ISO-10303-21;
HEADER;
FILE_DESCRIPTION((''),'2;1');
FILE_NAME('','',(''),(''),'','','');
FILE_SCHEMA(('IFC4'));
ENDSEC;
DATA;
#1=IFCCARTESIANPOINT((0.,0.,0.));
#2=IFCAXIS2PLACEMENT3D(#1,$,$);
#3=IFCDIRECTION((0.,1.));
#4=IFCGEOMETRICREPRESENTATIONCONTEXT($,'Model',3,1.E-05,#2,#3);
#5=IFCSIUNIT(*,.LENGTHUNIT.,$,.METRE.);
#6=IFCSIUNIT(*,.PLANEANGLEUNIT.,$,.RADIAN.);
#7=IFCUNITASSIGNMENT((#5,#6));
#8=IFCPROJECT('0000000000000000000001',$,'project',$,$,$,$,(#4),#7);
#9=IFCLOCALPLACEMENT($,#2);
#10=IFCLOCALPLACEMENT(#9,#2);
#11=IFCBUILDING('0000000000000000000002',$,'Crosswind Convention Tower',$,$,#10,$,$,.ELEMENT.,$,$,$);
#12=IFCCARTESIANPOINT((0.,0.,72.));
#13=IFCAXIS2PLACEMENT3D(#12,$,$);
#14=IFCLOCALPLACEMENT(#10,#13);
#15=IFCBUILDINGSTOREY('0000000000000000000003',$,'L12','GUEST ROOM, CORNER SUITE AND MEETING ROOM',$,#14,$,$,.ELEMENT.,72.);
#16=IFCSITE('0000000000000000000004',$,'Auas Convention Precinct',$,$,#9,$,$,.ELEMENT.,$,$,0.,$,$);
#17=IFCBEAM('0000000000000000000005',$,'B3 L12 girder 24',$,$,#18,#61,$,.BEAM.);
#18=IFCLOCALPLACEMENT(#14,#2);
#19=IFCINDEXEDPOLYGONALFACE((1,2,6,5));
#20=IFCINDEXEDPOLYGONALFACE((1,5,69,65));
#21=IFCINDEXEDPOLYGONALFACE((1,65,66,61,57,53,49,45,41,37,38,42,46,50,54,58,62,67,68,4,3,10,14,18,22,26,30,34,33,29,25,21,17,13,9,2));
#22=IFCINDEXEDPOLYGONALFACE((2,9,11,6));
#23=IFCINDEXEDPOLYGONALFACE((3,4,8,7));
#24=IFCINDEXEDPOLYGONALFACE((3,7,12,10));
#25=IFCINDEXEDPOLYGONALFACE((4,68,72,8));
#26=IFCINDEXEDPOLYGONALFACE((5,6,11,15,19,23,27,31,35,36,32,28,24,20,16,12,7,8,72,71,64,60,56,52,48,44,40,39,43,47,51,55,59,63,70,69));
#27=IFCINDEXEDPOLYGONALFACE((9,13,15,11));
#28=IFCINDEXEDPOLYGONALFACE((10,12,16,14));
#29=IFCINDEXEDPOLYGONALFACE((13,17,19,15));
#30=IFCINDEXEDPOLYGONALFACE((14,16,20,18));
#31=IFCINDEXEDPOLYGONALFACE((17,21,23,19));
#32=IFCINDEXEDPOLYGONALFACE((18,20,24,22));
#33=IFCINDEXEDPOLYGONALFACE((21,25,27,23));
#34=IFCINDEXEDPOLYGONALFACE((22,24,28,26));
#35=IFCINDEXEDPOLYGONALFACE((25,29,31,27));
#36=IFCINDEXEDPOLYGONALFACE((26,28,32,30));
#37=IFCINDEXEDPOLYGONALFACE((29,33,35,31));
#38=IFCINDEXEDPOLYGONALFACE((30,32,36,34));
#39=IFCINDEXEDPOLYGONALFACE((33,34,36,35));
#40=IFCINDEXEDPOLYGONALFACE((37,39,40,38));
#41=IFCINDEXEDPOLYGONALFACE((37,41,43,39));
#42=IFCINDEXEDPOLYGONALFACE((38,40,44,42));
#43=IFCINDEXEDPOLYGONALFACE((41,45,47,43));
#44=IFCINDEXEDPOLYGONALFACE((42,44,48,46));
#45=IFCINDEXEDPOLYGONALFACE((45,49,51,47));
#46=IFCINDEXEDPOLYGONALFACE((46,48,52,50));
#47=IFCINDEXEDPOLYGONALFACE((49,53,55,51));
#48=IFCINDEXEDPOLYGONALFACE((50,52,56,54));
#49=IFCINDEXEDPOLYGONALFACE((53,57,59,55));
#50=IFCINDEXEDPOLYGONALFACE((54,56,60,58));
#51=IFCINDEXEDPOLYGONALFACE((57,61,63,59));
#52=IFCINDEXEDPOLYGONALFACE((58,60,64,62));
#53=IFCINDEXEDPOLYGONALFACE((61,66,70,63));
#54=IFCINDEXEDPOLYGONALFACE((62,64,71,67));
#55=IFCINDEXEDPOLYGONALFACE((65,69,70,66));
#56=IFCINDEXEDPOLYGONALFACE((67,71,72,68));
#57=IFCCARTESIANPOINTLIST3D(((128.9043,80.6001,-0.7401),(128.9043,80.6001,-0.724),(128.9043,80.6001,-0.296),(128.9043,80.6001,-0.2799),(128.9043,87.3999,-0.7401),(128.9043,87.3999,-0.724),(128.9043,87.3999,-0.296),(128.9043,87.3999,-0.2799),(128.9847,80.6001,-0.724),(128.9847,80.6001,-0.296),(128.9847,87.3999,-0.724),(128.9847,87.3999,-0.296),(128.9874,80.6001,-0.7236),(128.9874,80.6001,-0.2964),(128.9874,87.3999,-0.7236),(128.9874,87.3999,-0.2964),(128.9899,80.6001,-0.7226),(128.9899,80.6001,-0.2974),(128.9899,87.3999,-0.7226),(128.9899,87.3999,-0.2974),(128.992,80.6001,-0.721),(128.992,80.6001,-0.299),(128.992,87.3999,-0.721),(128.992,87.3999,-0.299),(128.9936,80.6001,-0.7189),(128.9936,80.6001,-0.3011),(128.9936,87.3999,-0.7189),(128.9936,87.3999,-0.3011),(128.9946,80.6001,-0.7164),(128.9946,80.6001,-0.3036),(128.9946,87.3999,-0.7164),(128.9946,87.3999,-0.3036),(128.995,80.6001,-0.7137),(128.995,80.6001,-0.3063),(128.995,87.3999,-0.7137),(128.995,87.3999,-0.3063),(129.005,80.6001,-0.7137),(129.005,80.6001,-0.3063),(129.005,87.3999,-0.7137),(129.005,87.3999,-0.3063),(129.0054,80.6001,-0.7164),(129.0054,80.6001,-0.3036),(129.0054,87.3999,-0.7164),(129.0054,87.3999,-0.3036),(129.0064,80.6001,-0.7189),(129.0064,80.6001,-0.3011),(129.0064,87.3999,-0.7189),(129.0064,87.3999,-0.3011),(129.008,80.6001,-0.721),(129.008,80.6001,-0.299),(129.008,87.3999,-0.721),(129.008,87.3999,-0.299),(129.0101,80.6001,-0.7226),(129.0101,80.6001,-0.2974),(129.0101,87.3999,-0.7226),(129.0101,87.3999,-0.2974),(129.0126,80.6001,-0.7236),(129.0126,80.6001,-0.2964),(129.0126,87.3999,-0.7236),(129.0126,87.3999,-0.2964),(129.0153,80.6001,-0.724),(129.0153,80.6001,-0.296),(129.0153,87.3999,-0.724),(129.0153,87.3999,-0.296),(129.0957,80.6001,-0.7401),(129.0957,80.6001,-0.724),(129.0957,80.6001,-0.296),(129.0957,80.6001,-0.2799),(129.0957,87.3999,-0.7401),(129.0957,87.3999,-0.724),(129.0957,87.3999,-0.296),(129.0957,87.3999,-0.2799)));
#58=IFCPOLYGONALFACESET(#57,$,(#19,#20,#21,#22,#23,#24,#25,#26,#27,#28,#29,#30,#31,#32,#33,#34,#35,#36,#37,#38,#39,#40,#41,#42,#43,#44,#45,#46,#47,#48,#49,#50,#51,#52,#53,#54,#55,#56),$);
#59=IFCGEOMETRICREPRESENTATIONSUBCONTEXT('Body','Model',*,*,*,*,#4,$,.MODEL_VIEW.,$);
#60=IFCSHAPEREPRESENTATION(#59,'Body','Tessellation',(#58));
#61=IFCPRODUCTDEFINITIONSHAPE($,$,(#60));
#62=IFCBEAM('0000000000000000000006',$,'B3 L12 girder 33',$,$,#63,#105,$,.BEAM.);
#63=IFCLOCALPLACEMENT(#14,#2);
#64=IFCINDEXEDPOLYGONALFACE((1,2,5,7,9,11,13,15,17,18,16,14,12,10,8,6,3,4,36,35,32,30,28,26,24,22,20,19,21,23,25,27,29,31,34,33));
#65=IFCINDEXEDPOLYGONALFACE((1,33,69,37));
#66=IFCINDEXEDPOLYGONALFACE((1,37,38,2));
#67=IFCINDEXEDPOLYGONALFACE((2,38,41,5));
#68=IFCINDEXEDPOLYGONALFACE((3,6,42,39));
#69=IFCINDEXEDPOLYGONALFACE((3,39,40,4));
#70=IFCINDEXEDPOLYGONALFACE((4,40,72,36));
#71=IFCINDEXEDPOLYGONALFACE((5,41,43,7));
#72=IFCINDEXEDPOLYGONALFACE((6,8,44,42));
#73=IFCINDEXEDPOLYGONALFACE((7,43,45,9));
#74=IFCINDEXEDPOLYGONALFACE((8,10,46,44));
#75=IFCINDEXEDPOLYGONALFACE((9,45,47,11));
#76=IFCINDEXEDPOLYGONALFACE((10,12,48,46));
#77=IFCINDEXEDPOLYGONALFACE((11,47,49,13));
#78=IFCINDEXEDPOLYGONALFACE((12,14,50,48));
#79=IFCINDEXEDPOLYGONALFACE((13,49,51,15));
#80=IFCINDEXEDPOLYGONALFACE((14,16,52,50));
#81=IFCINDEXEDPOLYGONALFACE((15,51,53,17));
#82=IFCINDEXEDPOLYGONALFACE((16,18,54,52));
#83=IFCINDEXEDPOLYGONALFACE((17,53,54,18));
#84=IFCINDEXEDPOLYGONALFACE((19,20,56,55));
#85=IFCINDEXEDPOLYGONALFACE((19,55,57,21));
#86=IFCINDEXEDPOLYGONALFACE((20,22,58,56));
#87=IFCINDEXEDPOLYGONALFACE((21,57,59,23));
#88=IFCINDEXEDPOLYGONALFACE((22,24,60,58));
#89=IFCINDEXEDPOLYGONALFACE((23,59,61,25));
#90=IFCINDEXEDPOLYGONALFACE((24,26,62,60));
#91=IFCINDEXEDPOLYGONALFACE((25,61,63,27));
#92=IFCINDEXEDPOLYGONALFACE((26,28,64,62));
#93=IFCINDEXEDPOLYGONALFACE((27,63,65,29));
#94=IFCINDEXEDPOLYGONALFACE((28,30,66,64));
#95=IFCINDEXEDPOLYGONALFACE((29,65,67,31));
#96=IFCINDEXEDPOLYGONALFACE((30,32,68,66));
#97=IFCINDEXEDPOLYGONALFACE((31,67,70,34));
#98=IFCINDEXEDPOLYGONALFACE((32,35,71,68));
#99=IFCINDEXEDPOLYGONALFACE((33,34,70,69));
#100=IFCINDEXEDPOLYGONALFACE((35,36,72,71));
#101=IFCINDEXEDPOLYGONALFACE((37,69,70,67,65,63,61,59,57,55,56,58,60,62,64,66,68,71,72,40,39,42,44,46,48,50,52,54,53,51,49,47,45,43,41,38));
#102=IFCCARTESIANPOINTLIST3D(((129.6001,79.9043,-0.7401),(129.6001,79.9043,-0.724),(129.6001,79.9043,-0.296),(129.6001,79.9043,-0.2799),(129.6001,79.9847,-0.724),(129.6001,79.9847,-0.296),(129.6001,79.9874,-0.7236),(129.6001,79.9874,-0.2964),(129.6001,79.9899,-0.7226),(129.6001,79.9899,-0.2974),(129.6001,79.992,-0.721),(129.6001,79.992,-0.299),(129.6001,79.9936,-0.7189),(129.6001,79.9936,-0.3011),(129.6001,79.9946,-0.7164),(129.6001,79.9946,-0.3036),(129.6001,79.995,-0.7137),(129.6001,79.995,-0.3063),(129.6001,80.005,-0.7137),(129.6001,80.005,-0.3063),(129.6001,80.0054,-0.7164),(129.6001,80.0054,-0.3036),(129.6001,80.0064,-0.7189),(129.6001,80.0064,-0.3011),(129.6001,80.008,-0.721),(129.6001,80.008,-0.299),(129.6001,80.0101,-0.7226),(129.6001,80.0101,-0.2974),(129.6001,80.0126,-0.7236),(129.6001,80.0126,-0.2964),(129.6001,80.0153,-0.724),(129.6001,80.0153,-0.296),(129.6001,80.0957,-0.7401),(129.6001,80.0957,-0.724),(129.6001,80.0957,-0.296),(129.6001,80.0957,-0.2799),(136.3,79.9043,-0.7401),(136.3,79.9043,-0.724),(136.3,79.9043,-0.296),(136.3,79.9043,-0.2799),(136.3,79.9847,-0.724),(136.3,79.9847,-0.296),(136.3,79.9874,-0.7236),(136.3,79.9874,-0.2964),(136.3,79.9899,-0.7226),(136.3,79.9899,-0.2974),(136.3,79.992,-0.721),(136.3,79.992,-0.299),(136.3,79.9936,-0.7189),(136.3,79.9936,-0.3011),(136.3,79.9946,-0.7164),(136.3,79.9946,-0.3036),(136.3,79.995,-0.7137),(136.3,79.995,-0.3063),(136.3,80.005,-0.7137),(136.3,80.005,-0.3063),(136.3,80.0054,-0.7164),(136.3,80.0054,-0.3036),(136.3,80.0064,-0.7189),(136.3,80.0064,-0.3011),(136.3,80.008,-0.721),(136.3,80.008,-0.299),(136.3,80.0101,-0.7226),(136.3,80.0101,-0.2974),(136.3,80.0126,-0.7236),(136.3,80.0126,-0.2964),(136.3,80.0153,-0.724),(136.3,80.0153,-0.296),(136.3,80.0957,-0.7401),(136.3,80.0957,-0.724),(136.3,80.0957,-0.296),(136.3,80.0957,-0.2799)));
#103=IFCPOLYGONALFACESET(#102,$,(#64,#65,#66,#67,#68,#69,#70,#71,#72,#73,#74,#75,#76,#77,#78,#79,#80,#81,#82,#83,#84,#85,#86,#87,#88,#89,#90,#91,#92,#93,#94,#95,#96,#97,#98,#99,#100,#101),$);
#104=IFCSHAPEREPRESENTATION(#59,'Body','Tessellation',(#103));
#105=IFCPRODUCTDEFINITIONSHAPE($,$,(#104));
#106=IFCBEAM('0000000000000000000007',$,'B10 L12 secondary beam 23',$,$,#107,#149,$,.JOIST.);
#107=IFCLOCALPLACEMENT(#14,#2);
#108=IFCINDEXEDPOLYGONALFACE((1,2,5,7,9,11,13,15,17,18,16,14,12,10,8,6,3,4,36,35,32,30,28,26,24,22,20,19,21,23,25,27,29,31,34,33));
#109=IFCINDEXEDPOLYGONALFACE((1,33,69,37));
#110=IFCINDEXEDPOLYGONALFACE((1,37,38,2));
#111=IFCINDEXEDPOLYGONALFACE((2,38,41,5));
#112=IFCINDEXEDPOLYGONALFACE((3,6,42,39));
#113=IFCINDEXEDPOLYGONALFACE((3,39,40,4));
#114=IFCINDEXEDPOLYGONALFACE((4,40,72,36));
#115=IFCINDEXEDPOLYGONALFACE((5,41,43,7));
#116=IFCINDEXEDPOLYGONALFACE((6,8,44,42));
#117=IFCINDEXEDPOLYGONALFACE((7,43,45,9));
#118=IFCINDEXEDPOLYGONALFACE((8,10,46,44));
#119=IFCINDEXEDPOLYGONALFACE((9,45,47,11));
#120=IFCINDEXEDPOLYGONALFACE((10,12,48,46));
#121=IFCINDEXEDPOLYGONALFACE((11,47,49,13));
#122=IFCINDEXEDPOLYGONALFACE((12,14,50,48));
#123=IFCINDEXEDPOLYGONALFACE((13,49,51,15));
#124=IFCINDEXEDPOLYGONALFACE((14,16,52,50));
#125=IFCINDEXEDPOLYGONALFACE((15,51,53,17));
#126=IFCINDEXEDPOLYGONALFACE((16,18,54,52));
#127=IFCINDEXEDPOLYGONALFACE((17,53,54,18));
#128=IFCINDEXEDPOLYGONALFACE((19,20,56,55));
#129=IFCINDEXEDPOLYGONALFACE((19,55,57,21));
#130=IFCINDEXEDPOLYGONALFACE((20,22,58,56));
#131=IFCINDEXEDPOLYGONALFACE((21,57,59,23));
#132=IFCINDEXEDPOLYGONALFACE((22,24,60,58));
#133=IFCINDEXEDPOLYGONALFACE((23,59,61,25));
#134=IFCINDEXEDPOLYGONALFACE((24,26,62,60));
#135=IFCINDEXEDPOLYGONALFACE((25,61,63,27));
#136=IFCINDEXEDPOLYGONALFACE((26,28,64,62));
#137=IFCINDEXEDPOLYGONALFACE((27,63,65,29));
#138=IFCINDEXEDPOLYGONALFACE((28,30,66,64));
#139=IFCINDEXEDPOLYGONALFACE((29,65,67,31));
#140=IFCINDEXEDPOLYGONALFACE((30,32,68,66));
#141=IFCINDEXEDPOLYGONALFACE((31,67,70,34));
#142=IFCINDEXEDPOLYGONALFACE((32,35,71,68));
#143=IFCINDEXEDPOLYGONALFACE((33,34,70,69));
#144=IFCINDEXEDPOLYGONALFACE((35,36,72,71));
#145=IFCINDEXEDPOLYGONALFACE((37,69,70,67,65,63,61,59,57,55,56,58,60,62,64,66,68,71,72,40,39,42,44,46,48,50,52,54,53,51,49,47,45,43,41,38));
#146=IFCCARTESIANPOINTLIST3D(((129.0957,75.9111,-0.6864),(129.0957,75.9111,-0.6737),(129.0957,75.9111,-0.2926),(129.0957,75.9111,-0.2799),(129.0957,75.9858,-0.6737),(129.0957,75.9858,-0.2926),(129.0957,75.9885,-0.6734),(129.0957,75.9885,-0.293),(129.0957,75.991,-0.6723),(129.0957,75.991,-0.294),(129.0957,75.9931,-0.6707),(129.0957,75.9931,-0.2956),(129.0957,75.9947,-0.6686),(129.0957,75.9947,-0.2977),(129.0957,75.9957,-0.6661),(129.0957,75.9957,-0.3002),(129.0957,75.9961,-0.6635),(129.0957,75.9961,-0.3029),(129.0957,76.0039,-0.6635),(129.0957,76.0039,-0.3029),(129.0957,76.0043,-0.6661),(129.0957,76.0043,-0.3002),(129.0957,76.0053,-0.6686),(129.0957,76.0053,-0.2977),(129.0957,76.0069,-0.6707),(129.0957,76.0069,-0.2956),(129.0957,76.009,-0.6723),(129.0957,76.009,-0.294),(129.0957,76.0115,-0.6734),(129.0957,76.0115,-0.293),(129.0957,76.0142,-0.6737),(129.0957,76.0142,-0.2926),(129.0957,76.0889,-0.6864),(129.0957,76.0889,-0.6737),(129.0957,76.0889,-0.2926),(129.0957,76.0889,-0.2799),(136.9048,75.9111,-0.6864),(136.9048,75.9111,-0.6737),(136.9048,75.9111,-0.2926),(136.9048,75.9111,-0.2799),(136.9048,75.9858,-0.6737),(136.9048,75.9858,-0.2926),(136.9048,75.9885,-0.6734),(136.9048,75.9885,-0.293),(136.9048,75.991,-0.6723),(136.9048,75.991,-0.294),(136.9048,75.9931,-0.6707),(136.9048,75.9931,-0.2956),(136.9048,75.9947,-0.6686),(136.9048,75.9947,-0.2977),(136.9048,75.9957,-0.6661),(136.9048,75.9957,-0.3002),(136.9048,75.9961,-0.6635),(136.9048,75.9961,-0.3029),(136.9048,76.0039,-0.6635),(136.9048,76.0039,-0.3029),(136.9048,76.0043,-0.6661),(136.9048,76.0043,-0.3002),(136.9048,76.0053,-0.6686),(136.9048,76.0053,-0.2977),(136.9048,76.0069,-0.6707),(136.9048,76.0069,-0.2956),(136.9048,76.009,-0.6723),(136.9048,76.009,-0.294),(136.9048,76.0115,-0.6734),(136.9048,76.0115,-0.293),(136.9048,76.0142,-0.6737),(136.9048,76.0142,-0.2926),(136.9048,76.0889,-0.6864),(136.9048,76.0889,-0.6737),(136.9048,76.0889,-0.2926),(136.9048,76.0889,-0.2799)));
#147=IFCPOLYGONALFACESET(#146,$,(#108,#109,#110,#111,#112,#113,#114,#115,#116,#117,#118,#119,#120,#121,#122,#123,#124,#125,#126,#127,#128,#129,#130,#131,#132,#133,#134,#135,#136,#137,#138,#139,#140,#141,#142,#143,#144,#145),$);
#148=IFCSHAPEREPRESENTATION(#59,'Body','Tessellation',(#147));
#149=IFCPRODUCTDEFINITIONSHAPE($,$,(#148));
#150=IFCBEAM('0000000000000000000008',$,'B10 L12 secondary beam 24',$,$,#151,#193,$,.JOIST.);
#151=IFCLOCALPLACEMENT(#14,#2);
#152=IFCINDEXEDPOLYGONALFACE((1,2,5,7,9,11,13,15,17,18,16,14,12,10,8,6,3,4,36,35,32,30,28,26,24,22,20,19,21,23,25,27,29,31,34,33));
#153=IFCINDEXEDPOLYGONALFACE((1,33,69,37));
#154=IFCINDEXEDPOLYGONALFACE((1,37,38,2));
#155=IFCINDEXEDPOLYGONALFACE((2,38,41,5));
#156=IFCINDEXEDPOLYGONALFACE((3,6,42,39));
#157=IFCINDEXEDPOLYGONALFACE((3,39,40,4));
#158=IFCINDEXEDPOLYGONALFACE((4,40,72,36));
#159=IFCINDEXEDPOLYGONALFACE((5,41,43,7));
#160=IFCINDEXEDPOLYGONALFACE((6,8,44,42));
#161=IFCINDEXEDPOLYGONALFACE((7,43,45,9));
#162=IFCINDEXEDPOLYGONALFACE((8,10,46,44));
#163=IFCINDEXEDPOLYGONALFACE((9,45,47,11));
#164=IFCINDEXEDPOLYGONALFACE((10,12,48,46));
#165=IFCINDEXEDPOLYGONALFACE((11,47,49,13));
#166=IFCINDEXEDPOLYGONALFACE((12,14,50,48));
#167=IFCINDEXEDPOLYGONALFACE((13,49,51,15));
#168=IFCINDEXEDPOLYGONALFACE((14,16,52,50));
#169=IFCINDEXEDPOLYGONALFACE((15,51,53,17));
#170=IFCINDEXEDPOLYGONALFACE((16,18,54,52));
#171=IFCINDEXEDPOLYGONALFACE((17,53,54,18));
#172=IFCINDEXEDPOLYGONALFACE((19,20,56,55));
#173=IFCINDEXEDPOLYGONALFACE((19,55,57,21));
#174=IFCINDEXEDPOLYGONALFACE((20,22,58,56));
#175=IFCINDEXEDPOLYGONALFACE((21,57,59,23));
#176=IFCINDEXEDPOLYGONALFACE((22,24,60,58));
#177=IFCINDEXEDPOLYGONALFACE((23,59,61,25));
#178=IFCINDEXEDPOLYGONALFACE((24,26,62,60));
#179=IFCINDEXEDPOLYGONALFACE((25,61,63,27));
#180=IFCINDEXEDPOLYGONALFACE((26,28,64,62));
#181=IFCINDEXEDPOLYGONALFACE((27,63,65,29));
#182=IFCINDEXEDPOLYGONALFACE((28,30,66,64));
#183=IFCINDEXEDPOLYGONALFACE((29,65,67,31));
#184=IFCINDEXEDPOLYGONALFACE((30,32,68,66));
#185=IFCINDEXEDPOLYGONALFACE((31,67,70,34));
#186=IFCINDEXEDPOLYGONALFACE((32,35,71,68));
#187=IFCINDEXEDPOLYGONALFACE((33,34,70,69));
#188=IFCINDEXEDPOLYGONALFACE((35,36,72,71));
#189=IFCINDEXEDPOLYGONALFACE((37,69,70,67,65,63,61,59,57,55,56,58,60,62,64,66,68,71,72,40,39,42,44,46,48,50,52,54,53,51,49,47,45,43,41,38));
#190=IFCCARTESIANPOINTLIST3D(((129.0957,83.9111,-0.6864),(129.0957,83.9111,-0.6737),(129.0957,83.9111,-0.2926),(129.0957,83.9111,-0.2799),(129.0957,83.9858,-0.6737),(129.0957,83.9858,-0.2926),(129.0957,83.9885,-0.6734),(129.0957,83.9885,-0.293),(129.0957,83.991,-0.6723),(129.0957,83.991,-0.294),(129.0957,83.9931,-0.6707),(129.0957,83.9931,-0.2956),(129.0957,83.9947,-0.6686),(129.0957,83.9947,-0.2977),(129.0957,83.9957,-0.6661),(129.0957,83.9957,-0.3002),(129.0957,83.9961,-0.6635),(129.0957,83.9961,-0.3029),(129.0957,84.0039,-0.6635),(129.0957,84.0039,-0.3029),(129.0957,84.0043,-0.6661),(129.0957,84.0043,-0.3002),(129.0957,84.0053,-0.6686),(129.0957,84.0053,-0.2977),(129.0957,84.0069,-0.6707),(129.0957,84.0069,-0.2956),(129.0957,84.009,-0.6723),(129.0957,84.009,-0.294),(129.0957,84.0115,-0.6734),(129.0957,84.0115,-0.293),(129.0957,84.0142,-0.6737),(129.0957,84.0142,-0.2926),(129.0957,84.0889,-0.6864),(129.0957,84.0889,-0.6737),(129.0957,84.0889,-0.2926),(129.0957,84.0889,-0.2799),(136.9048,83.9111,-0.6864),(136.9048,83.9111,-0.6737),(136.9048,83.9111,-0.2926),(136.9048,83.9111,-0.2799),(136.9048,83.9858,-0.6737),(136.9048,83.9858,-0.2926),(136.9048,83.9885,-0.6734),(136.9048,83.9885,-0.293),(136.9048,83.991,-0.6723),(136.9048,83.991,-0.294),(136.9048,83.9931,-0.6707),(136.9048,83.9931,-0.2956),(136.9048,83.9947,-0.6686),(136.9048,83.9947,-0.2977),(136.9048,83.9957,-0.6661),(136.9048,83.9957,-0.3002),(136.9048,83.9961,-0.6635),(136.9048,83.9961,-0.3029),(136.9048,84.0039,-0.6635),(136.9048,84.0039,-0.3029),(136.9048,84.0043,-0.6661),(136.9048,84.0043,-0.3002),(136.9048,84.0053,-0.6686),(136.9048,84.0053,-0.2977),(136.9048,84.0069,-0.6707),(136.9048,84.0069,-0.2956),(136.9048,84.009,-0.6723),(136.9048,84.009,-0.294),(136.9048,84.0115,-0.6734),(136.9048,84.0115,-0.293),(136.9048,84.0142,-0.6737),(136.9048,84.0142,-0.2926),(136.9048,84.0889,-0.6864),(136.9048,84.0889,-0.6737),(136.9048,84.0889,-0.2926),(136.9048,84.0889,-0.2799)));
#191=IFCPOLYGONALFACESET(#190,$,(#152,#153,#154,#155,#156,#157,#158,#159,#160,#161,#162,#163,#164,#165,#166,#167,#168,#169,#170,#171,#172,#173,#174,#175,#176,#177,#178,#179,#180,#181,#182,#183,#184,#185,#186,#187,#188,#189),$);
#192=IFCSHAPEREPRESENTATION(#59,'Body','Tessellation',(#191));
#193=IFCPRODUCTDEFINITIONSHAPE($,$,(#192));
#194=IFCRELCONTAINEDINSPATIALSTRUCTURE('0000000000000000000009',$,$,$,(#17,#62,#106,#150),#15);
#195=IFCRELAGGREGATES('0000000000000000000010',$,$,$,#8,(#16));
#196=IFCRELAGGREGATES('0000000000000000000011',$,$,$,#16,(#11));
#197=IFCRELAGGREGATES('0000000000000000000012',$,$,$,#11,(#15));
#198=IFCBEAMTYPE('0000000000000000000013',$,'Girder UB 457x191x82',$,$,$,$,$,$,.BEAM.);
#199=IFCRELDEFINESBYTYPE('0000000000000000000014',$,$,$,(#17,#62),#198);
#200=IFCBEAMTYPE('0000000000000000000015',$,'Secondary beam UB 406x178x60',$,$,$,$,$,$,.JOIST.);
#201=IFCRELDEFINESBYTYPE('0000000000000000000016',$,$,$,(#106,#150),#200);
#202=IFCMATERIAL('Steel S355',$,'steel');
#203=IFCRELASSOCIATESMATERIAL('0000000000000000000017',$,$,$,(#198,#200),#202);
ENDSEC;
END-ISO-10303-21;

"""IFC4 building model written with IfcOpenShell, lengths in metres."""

from ifc_helpers import new_model, si_unit, direction, frame, origin, origin_2d, place, context, subcontext, project, spatial, i_section, extrude, material, material_profile, profile_set, type_object, element, save


model = new_model("IFC4")

# Units and contexts
model_context = context("Model", 3, precision=1e-05, world=origin(), true_north=direction((0.0, 1.0)))
body_context = subcontext(model_context, "Body", "Model", "MODEL_VIEW")
ifc_project = project(units=[si_unit("LENGTHUNIT", "METRE"), si_unit("PLANEANGLEUNIT", "RADIAN")], contexts=[model_context])

# Site, building, storey
site_placement = place(None, origin())
site = spatial("IfcSite", under=ifc_project, at=site_placement, Name="Auas Convention Precinct", CompositionType="ELEMENT", RefElevation=0.0)
building_placement = place(site_placement, origin())
building = spatial("IfcBuilding", under=site, at=building_placement, Name="Crosswind Convention Tower", CompositionType="ELEMENT")
storey_placement = place(building_placement, frame((0.0, 0.0, 72.0)))
storey = spatial("IfcBuildingStorey", under=building, at=storey_placement, Name="L12", Description="GUEST ROOM, CORNER SUITE AND MEETING ROOM", CompositionType="ELEMENT", Elevation=72.0)

# Beams
ifc_material_1 = material(Name="Steel S355", Category="steel")
ifc_material_profile_1 = material_profile(ifc_material_1, i_section(OverallWidth=0.1914, OverallDepth=0.4602, WebThickness=0.01, FlangeThickness=0.0161, FilletRadius=0.0103, at=origin_2d()), Name="UB 457x191x82")
ifc_profile_set_1 = profile_set([ifc_material_profile_1], Name="Steel S355")
beam_type_1 = type_object("IfcBeamType", Name="Girder UB 457x191x82", PredefinedType="BEAM", material=ifc_profile_set_1)
for number, where, z_axis, x_axis, name in (
    (1, (129.0, 80.6001, -0.51), (0.0, 1.0, 0.0), (-1.0, 0.0, 0.0), "B3 L12 girder 24"),
):
    element("IfcBeam", number, at=place(storey_placement, frame(where, z_axis=z_axis, x_axis=x_axis)), inside=storey, type_object=beam_type_1, Name=name, PredefinedType="BEAM", context=body_context, shape_type="SweptSolid", body=[
        extrude(i_section(OverallWidth=0.1914, OverallDepth=0.4602, WebThickness=0.01, FlangeThickness=0.0161, FilletRadius=0.0103, at=origin_2d()), origin(), (0.0, 0.0, 1.0), 6.7998),
    ])
beam_1_placement = place(storey_placement, frame((129.6001, 80.0, -0.51), z_axis=(1.0, 0.0, 0.0), x_axis=(0.0, 1.0, 0.0)))
element("IfcBeam", 2, at=beam_1_placement, inside=storey, type_object=beam_type_1, Name="B3 L12 girder 33", PredefinedType="BEAM", context=body_context, shape_type="SweptSolid", body=[
    extrude(i_section(OverallWidth=0.1914, OverallDepth=0.4602, WebThickness=0.01, FlangeThickness=0.0161, FilletRadius=0.0103, at=origin_2d()), origin(), (0.0, 0.0, 1.0), 6.7),
])
ifc_material_profile_2 = material_profile(ifc_material_1, i_section(OverallWidth=0.1777, OverallDepth=0.4065, WebThickness=0.0078, FlangeThickness=0.0127, FilletRadius=0.0103, at=origin_2d()), Name="UB 406x178x60")
ifc_profile_set_2 = profile_set([ifc_material_profile_2], Name="Steel S355")
beam_type_2 = type_object("IfcBeamType", Name="Secondary beam UB 406x178x60", PredefinedType="JOIST", material=ifc_profile_set_2)
for number, where, z_axis, x_axis, name in (
    (3, (129.0957, 76.0, -0.4832), (1.0, 0.0, 0.0), (0.0, 1.0, 0.0), "B10 L12 secondary beam 23"),
    (4, (129.0957, 84.0, -0.4832), (1.0, 0.0, 0.0), (0.0, 1.0, 0.0), "B10 L12 secondary beam 24"),
):
    element("IfcBeam", number, at=place(storey_placement, frame(where, z_axis=z_axis, x_axis=x_axis)), inside=storey, type_object=beam_type_2, Name=name, PredefinedType="JOIST", context=body_context, shape_type="SweptSolid", body=[
        extrude(i_section(OverallWidth=0.1777, OverallDepth=0.4065, WebThickness=0.0078, FlangeThickness=0.0127, FilletRadius=0.0103, at=origin_2d()), origin(), (0.0, 0.0, 1.0), 7.8091),
    ])

save(model, "model.ifc")
